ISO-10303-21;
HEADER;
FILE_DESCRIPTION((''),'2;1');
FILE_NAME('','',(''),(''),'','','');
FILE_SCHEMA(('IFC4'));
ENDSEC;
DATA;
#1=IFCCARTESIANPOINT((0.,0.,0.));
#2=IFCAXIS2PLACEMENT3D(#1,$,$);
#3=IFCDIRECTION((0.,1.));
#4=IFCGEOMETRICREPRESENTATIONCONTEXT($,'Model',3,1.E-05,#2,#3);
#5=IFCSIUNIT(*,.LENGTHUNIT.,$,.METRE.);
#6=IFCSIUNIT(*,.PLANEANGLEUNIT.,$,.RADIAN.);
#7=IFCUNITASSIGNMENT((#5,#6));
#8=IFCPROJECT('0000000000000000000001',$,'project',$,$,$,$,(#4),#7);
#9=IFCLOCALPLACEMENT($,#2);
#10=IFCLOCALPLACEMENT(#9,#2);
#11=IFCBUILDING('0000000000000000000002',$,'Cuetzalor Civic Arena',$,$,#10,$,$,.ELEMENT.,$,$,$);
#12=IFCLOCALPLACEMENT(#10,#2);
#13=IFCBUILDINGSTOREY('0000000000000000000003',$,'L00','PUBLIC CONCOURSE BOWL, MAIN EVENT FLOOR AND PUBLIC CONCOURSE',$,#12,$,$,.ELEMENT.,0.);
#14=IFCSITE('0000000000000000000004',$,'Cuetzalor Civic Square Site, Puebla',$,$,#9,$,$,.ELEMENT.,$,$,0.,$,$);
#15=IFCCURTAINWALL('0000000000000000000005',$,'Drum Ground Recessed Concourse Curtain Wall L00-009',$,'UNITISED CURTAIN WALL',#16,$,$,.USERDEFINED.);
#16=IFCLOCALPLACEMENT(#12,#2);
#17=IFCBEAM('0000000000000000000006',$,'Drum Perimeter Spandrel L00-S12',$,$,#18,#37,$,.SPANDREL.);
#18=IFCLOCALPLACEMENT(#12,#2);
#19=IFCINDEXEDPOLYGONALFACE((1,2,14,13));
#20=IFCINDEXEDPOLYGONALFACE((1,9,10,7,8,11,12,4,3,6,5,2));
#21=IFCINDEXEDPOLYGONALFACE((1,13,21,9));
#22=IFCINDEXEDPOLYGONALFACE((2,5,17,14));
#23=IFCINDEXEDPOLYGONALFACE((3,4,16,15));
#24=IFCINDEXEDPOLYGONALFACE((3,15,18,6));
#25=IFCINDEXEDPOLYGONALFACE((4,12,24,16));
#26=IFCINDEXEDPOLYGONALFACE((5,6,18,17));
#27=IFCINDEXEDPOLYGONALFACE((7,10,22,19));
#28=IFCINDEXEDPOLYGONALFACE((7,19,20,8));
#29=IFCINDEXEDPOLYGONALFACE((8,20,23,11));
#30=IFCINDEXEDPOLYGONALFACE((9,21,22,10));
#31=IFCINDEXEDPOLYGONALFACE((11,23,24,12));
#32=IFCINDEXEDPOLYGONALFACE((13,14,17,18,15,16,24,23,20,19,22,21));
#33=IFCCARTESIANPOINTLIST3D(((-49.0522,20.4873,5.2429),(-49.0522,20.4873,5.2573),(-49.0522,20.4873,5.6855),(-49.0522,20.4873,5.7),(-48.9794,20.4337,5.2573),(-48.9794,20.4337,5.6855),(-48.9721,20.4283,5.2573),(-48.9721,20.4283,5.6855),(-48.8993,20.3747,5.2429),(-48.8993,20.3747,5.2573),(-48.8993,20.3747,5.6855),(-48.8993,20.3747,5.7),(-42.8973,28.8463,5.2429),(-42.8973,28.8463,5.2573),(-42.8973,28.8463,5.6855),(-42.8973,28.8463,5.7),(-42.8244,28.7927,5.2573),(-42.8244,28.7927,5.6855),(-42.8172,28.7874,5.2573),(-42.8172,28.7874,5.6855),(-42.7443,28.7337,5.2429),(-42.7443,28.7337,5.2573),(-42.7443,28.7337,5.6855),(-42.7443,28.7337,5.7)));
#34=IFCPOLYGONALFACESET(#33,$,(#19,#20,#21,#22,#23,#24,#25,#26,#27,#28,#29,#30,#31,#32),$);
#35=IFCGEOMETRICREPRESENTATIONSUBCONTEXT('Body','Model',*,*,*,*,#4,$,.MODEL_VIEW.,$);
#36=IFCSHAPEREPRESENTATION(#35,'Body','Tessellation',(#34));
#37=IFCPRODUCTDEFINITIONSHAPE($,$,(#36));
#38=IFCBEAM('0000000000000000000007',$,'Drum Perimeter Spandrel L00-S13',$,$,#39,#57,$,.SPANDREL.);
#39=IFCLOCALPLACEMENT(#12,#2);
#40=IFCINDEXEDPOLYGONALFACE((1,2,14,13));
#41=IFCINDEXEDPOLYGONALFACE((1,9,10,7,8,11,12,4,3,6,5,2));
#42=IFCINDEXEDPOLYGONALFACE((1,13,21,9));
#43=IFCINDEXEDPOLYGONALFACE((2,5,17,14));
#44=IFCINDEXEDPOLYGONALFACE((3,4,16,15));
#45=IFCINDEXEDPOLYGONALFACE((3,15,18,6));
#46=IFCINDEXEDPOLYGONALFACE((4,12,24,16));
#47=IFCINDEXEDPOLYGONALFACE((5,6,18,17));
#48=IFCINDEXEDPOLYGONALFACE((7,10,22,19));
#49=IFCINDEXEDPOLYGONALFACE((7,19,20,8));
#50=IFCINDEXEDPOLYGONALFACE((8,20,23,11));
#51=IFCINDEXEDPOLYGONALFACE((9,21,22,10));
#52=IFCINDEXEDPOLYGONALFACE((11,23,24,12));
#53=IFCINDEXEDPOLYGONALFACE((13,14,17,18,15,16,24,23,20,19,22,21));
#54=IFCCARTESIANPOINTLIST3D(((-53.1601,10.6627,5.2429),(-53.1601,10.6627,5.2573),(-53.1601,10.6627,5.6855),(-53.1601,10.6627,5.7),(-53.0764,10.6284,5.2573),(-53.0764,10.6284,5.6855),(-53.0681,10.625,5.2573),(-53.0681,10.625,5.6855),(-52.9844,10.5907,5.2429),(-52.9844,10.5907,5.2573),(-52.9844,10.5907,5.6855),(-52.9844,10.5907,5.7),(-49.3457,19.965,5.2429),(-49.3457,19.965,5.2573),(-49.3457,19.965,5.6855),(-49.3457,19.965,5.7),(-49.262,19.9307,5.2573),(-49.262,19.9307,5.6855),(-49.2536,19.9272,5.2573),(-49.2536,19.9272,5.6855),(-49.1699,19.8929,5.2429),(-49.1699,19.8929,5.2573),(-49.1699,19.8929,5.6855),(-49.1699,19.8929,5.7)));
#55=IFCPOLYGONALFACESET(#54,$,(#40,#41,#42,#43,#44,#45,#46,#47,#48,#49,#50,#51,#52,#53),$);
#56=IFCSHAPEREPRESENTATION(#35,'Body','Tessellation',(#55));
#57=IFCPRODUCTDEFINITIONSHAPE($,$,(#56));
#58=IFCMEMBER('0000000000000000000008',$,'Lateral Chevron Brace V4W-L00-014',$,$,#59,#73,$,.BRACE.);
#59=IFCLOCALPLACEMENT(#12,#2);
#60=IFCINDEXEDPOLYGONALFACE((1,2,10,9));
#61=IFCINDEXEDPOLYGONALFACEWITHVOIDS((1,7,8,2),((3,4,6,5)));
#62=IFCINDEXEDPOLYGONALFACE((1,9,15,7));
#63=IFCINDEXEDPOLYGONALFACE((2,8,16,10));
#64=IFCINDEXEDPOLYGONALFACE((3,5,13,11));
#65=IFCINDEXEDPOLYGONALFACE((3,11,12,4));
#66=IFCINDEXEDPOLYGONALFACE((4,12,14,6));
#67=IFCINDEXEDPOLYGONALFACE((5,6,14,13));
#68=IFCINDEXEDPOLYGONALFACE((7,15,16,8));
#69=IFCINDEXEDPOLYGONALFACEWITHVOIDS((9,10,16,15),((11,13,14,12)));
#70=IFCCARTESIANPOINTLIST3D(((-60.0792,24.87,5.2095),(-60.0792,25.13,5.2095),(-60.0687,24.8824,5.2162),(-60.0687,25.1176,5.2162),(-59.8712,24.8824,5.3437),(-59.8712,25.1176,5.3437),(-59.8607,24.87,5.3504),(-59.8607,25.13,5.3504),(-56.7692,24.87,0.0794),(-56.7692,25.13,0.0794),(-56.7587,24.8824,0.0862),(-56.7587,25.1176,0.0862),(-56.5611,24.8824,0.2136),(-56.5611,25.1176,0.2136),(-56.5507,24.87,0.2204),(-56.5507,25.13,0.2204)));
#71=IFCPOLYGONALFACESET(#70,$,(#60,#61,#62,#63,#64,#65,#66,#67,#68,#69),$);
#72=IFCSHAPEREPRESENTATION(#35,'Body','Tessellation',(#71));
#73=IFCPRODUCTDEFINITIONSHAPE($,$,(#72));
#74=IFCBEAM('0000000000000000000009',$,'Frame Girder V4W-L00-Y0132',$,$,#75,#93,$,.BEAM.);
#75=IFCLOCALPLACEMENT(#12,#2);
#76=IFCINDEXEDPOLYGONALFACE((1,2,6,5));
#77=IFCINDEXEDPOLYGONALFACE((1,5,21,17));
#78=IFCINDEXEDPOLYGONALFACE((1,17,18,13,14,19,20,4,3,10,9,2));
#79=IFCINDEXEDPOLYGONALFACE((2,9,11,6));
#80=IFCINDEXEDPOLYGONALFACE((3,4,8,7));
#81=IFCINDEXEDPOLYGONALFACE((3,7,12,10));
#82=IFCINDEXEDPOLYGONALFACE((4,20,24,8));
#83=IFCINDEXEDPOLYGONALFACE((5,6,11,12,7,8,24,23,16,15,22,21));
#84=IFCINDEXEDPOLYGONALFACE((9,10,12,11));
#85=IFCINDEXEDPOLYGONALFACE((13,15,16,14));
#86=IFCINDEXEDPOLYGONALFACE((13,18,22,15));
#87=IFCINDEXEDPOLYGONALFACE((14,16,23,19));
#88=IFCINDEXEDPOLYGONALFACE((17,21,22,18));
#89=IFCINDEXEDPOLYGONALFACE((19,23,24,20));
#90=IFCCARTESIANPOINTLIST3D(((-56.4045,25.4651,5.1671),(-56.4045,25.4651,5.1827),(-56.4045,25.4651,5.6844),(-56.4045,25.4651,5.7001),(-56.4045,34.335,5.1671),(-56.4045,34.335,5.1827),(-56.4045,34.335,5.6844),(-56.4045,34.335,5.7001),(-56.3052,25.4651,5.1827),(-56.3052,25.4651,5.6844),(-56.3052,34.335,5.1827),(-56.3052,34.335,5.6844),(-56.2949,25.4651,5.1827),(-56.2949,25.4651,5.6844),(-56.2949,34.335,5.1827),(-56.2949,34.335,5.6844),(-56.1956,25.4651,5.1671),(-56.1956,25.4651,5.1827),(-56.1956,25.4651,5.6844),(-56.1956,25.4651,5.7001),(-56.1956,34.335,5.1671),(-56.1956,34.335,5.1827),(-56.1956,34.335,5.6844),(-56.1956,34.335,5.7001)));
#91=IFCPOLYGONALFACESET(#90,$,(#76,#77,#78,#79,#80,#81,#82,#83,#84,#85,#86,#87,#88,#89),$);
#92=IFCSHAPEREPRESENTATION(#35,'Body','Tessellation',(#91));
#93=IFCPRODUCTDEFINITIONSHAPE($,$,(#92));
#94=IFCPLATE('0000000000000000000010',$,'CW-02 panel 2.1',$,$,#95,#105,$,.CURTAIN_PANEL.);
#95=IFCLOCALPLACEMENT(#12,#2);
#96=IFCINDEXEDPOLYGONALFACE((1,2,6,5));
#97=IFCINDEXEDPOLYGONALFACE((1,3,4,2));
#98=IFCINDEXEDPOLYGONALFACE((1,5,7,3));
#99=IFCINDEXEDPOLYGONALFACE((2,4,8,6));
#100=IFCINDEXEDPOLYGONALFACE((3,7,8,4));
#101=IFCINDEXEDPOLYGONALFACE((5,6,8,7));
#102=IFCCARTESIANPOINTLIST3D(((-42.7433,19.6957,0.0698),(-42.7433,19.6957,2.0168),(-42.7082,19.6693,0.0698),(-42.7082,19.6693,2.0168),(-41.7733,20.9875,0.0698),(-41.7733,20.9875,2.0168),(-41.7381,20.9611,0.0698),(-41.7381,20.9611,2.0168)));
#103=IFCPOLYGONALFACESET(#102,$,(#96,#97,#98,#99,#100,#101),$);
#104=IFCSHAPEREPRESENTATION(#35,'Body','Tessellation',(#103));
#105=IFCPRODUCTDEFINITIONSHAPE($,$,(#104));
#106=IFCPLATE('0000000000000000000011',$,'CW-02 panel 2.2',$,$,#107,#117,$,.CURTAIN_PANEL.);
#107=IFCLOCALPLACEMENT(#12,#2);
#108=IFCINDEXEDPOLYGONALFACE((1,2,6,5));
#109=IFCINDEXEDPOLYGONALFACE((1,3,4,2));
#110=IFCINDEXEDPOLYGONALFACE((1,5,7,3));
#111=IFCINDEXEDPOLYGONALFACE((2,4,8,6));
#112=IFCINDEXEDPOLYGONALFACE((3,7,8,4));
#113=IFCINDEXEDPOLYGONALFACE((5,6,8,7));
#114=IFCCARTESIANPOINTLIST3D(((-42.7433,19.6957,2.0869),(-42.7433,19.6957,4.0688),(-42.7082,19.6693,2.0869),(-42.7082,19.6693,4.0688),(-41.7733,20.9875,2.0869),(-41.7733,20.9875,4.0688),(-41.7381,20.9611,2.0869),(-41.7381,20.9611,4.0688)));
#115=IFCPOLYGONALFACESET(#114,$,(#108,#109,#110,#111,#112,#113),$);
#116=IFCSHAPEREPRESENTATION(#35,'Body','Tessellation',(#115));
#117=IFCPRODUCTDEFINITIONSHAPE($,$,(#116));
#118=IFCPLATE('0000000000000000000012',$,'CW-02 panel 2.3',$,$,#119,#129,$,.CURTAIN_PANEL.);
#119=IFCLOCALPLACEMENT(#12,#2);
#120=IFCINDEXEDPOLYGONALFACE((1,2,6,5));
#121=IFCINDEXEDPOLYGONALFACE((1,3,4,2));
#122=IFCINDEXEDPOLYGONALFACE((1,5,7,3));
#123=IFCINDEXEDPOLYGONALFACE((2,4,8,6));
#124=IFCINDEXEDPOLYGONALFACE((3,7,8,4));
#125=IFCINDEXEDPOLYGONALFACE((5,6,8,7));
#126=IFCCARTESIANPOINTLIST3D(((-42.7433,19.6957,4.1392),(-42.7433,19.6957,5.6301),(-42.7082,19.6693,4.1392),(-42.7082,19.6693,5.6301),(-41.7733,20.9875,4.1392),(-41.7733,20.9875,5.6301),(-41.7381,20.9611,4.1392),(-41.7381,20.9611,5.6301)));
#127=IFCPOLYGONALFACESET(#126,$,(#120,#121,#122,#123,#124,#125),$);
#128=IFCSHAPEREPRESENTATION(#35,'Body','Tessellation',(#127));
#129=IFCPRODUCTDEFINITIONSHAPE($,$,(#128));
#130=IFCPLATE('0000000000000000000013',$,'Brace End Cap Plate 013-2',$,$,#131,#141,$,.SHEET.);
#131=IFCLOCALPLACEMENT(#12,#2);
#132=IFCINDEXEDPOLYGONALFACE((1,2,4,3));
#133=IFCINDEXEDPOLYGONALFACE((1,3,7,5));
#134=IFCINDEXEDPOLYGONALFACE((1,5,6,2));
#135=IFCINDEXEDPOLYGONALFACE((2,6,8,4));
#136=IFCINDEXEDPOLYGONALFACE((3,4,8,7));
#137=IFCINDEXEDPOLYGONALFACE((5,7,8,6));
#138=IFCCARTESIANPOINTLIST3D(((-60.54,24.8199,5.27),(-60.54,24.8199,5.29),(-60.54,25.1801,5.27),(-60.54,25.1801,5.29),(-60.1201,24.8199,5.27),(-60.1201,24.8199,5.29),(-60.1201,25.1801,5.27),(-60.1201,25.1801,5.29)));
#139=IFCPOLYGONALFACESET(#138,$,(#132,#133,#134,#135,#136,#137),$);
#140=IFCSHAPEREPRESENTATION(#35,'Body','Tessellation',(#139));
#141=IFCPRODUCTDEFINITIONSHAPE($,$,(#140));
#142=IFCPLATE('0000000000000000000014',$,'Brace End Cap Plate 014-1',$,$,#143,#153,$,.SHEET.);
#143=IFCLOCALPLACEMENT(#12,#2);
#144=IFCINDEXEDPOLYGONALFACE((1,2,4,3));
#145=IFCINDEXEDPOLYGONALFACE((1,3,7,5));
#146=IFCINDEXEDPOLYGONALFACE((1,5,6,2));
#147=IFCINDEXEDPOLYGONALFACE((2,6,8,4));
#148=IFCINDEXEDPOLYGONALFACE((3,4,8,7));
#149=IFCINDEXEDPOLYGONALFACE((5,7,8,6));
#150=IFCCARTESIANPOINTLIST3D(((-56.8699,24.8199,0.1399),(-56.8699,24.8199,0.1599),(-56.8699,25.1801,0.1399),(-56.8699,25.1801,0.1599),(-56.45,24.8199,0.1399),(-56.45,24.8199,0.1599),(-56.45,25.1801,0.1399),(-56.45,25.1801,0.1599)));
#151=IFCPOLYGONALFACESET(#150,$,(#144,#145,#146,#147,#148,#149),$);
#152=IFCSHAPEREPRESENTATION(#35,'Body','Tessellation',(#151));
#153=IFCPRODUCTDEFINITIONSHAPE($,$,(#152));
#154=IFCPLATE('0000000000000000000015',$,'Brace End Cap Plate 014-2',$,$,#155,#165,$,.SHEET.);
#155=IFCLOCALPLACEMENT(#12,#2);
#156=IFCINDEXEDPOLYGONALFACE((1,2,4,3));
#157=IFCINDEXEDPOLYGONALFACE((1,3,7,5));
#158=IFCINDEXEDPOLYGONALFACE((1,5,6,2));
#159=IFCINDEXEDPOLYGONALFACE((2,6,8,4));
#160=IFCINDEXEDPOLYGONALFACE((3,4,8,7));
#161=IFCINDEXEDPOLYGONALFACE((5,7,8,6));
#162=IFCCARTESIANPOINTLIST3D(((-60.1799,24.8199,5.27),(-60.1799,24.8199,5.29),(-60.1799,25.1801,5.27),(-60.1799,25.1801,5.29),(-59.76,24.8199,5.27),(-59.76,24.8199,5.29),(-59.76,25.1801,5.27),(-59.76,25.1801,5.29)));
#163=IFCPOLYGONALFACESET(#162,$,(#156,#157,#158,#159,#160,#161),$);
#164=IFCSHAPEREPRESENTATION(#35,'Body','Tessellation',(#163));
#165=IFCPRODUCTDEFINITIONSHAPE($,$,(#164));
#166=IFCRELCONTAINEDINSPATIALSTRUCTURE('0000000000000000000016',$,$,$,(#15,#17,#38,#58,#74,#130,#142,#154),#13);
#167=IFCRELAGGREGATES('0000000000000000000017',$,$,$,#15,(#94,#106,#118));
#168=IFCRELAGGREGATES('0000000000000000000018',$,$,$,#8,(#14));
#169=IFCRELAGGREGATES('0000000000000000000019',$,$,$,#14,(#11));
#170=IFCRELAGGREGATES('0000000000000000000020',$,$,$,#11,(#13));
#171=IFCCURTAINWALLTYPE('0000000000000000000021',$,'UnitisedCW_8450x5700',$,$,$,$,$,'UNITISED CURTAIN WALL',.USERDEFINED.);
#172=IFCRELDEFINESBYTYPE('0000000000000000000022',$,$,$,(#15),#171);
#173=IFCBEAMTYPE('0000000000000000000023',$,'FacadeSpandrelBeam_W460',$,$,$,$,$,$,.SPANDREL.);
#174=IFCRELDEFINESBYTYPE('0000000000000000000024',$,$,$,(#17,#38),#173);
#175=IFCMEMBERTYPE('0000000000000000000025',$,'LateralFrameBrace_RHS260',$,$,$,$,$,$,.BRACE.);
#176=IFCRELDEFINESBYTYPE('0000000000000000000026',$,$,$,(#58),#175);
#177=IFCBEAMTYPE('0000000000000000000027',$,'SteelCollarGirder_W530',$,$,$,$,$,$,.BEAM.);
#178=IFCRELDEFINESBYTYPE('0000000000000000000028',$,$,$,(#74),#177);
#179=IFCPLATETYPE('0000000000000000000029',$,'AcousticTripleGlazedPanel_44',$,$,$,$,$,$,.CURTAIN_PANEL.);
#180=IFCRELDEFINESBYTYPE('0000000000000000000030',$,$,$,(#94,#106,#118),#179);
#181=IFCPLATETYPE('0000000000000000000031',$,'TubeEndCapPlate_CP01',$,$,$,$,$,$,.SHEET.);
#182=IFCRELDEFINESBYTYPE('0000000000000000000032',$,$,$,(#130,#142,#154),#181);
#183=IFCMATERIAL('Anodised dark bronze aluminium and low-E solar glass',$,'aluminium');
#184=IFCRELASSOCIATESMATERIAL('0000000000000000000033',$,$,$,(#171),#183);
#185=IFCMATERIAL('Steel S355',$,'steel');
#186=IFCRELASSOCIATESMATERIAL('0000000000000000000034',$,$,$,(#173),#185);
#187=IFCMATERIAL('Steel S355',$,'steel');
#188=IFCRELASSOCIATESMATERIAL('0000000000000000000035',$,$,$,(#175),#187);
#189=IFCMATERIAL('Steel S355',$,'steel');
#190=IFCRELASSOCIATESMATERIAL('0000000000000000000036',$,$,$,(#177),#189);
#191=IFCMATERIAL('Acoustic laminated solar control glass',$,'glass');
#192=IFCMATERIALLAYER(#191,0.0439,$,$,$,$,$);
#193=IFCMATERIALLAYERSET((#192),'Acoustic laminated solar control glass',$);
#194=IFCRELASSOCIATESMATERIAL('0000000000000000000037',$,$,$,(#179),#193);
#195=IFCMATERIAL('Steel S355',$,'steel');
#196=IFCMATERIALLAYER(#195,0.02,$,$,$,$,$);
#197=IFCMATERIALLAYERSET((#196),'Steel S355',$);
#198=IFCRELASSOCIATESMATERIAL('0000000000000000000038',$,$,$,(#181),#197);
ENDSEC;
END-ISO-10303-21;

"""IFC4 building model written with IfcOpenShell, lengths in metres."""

from ifc_helpers import new_model, si_unit, direction, frame, origin, origin_2d, place, context, subcontext, project, spatial, rectangle, hollow_rectangle, i_section, extrude, material, layer, layer_set, material_profile, profile_set, type_object, element, aggregate, save


model = new_model("IFC4")

# Units and contexts
model_context = context("Model", 3, precision=1e-05, world=origin(), true_north=direction((0.0, 1.0)))
body_context = subcontext(model_context, "Body", "Model", "MODEL_VIEW")
ifc_project = project(units=[si_unit("LENGTHUNIT", "METRE"), si_unit("PLANEANGLEUNIT", "RADIAN")], contexts=[model_context])

# Site, building, storey
site_placement = place(None, origin())
site = spatial("IfcSite", under=ifc_project, at=site_placement, Name="Cuetzalor Civic Square Site, Puebla", CompositionType="ELEMENT", RefElevation=0.0)
building_placement = place(site_placement, origin())
building = spatial("IfcBuilding", under=site, at=building_placement, Name="Cuetzalor Civic Arena", CompositionType="ELEMENT")
storey_placement = place(building_placement, origin())
storey = spatial("IfcBuildingStorey", under=building, at=storey_placement, Name="L00", Description="PUBLIC CONCOURSE BOWL, MAIN EVENT FLOOR AND PUBLIC CONCOURSE", CompositionType="ELEMENT", Elevation=0.0)

# Curtain wall
ifc_material_1 = material(Name="Anodised dark bronze aluminium and low-E solar glass", Category="aluminium")
curtain_wall_type = type_object("IfcCurtainWallType", Name="UnitisedCW_8450x5700", ElementType="UNITISED CURTAIN WALL", PredefinedType="USERDEFINED", material=ifc_material_1)
curtain_wall_placement = place(storey_placement, origin())
curtain_wall = element("IfcCurtainWall", 1, at=curtain_wall_placement, inside=storey, type_object=curtain_wall_type, Name="Drum Ground Recessed Concourse Curtain Wall L00-009", ObjectType="UNITISED CURTAIN WALL", PredefinedType="USERDEFINED")

# Beams
ifc_material_2 = material(Name="Steel S355", Category="steel")
ifc_material_profile_1 = material_profile(ifc_material_2, i_section(OverallWidth=0.1899, OverallDepth=0.457, WebThickness=0.009, FlangeThickness=0.0144, at=origin_2d()), Name="W460x74")
ifc_profile_set_1 = profile_set([ifc_material_profile_1], Name="Steel S355")
beam_type_1 = type_object("IfcBeamType", Name="FacadeSpandrelBeam_W460", PredefinedType="SPANDREL", material=ifc_profile_set_1)
beam_1_placement = place(storey_placement, frame((-42.8208, 28.79, 5.4714), z_axis=(-0.592929, -0.805255, 0.0), x_axis=(0.805255, -0.592929, 0.0)))
element("IfcBeam", 2, at=beam_1_placement, inside=storey, type_object=beam_type_1, Name="Drum Perimeter Spandrel L00-S12", PredefinedType="SPANDREL", context=body_context, shape_type="SweptSolid", body=[
    extrude(i_section(OverallWidth=0.1899, OverallDepth=0.457, WebThickness=0.009, FlangeThickness=0.0144, at=origin_2d()), origin(), (0.0, 0.0, 1.0), 10.3806),
])
beam_2_placement = place(storey_placement, frame((-49.2578, 19.929, 5.4714), z_axis=(-0.379399, -0.925233, 0.0), x_axis=(0.925233, -0.379399, 0.0)))
element("IfcBeam", 3, at=beam_2_placement, inside=storey, type_object=beam_type_1, Name="Drum Perimeter Spandrel L00-S13", PredefinedType="SPANDREL", context=body_context, shape_type="SweptSolid", body=[
    extrude(i_section(OverallWidth=0.1899, OverallDepth=0.457, WebThickness=0.009, FlangeThickness=0.0144, at=origin_2d()), origin(), (0.0, 0.0, 1.0), 10.054),
])

# Member
ifc_material_3 = material(Name="Steel S355", Category="steel")
ifc_material_profile_2 = material_profile(ifc_material_3, hollow_rectangle(XDim=0.26, YDim=0.26, WallThickness=0.0125, at=origin_2d()), Name="RHS 260x260x12.5")
ifc_profile_set_2 = profile_set([ifc_material_profile_2], Name="Steel S355")
member_type_1 = type_object("IfcMemberType", Name="LateralFrameBrace_RHS260", PredefinedType="BRACE", material=ifc_profile_set_2)
member_1_placement = place(storey_placement, frame((-56.6599, 25.0, 0.1499), z_axis=(-0.542161, 0.0, 0.840274), x_axis=(0.0, -1.0, 0.0)))
element("IfcMember", 4, at=member_1_placement, inside=storey, type_object=member_type_1, Name="Lateral Chevron Brace V4W-L00-014", PredefinedType="BRACE", context=body_context, shape_type="SweptSolid", body=[
    extrude(hollow_rectangle(XDim=0.26, YDim=0.26, WallThickness=0.0125, at=origin_2d()), origin(), (0.0, 0.0, 1.0), 6.1052),
])

# Beam
ifc_material_4 = material(Name="Steel S355", Category="steel")
ifc_material_profile_3 = material_profile(ifc_material_4, i_section(OverallWidth=0.209, OverallDepth=0.533, WebThickness=0.0103, FlangeThickness=0.0156, at=origin_2d()), Name="W530x92")
ifc_profile_set_3 = profile_set([ifc_material_profile_3], Name="Steel S355")
beam_type_2 = type_object("IfcBeamType", Name="SteelCollarGirder_W530", PredefinedType="BEAM", material=ifc_profile_set_3)
beam_3_placement = place(storey_placement, frame((-56.3, 25.4651, 5.4336), z_axis=(0.0, 1.0, 0.0), x_axis=(-1.0, 0.0, 0.0)))
element("IfcBeam", 5, at=beam_3_placement, inside=storey, type_object=beam_type_2, Name="Frame Girder V4W-L00-Y0132", PredefinedType="BEAM", context=body_context, shape_type="SweptSolid", body=[
    extrude(i_section(OverallWidth=0.209, OverallDepth=0.533, WebThickness=0.0103, FlangeThickness=0.0156, at=origin_2d()), origin(), (0.0, 0.0, 1.0), 8.8699),
])

# Plates
ifc_material_5 = material(Name="Acoustic laminated solar control glass", Category="glass")
ifc_layer_1 = layer(ifc_material_5, 0.0439)
ifc_layer_set_1 = layer_set([ifc_layer_1], Name="Acoustic laminated solar control glass")
plate_type_1 = type_object("IfcPlateType", Name="AcousticTripleGlazedPanel_44", PredefinedType="CURTAIN_PANEL", material=ifc_layer_set_1)
plate_1_placement = place(storey_placement, frame((-42.2407, 20.3284, 0.0698), z_axis=(0.0, 0.0, 1.0), x_axis=(0.600492, 0.799631, 0.0)))
plate_1 = element("IfcPlate", 6, at=plate_1_placement, type_object=plate_type_1, Name="CW-02 panel 2.1", PredefinedType="CURTAIN_PANEL", context=body_context, shape_type="SweptSolid", body=[
    extrude(rectangle(XDim=1.6155, YDim=0.0439, at=origin_2d()), origin(), (0.0, 0.0, 1.0), 1.947),
])
plate_2_placement = place(storey_placement, frame((-42.2407, 20.3284, 2.0869), z_axis=(0.0, 0.0, 1.0), x_axis=(0.600492, 0.799631, 0.0)))
plate_2 = element("IfcPlate", 7, at=plate_2_placement, type_object=plate_type_1, Name="CW-02 panel 2.2", PredefinedType="CURTAIN_PANEL", context=body_context, shape_type="SweptSolid", body=[
    extrude(rectangle(XDim=1.6155, YDim=0.0439, at=origin_2d()), origin(), (0.0, 0.0, 1.0), 1.9819),
])
plate_3_placement = place(storey_placement, frame((-42.2407, 20.3284, 4.1392), z_axis=(0.0, 0.0, 1.0), x_axis=(0.600492, 0.799631, 0.0)))
plate_3 = element("IfcPlate", 8, at=plate_3_placement, type_object=plate_type_1, Name="CW-02 panel 2.3", PredefinedType="CURTAIN_PANEL", context=body_context, shape_type="SweptSolid", body=[
    extrude(rectangle(XDim=1.6155, YDim=0.0439, at=origin_2d()), origin(), (0.0, 0.0, 1.0), 1.491),
])
aggregate(curtain_wall, [plate_1, plate_2, plate_3])

# Plates
ifc_material_6 = material(Name="Steel S355", Category="steel")
ifc_layer_2 = layer(ifc_material_6, 0.02)
ifc_layer_set_2 = layer_set([ifc_layer_2], Name="Steel S355")
plate_type_2 = type_object("IfcPlateType", Name="TubeEndCapPlate_CP01", PredefinedType="SHEET", material=ifc_layer_set_2)
for number, where, z_axis, x_axis, name in (
    (9, (-60.3301, 25.0, 5.27), (0.0, 0.0, 1.0), (1.0, 0.0, 0.0), "Brace End Cap Plate 013-2"),
    (10, (-56.6599, 25.0, 0.1399), (0.0, 0.0, 1.0), (1.0, 0.0, 0.0), "Brace End Cap Plate 014-1"),
    (11, (-59.97, 25.0, 5.27), (0.0, 0.0, 1.0), (1.0, 0.0, 0.0), "Brace End Cap Plate 014-2"),
):
    element("IfcPlate", number, at=place(storey_placement, frame(where, z_axis=z_axis, x_axis=x_axis)), inside=storey, type_object=plate_type_2, Name=name, PredefinedType="SHEET", context=body_context, shape_type="SweptSolid", body=[
        extrude(rectangle(XDim=0.4199, YDim=0.3601, at=origin_2d()), origin(), (0.0, 0.0, 1.0), 0.02),
    ])

save(model, "model.ifc")
